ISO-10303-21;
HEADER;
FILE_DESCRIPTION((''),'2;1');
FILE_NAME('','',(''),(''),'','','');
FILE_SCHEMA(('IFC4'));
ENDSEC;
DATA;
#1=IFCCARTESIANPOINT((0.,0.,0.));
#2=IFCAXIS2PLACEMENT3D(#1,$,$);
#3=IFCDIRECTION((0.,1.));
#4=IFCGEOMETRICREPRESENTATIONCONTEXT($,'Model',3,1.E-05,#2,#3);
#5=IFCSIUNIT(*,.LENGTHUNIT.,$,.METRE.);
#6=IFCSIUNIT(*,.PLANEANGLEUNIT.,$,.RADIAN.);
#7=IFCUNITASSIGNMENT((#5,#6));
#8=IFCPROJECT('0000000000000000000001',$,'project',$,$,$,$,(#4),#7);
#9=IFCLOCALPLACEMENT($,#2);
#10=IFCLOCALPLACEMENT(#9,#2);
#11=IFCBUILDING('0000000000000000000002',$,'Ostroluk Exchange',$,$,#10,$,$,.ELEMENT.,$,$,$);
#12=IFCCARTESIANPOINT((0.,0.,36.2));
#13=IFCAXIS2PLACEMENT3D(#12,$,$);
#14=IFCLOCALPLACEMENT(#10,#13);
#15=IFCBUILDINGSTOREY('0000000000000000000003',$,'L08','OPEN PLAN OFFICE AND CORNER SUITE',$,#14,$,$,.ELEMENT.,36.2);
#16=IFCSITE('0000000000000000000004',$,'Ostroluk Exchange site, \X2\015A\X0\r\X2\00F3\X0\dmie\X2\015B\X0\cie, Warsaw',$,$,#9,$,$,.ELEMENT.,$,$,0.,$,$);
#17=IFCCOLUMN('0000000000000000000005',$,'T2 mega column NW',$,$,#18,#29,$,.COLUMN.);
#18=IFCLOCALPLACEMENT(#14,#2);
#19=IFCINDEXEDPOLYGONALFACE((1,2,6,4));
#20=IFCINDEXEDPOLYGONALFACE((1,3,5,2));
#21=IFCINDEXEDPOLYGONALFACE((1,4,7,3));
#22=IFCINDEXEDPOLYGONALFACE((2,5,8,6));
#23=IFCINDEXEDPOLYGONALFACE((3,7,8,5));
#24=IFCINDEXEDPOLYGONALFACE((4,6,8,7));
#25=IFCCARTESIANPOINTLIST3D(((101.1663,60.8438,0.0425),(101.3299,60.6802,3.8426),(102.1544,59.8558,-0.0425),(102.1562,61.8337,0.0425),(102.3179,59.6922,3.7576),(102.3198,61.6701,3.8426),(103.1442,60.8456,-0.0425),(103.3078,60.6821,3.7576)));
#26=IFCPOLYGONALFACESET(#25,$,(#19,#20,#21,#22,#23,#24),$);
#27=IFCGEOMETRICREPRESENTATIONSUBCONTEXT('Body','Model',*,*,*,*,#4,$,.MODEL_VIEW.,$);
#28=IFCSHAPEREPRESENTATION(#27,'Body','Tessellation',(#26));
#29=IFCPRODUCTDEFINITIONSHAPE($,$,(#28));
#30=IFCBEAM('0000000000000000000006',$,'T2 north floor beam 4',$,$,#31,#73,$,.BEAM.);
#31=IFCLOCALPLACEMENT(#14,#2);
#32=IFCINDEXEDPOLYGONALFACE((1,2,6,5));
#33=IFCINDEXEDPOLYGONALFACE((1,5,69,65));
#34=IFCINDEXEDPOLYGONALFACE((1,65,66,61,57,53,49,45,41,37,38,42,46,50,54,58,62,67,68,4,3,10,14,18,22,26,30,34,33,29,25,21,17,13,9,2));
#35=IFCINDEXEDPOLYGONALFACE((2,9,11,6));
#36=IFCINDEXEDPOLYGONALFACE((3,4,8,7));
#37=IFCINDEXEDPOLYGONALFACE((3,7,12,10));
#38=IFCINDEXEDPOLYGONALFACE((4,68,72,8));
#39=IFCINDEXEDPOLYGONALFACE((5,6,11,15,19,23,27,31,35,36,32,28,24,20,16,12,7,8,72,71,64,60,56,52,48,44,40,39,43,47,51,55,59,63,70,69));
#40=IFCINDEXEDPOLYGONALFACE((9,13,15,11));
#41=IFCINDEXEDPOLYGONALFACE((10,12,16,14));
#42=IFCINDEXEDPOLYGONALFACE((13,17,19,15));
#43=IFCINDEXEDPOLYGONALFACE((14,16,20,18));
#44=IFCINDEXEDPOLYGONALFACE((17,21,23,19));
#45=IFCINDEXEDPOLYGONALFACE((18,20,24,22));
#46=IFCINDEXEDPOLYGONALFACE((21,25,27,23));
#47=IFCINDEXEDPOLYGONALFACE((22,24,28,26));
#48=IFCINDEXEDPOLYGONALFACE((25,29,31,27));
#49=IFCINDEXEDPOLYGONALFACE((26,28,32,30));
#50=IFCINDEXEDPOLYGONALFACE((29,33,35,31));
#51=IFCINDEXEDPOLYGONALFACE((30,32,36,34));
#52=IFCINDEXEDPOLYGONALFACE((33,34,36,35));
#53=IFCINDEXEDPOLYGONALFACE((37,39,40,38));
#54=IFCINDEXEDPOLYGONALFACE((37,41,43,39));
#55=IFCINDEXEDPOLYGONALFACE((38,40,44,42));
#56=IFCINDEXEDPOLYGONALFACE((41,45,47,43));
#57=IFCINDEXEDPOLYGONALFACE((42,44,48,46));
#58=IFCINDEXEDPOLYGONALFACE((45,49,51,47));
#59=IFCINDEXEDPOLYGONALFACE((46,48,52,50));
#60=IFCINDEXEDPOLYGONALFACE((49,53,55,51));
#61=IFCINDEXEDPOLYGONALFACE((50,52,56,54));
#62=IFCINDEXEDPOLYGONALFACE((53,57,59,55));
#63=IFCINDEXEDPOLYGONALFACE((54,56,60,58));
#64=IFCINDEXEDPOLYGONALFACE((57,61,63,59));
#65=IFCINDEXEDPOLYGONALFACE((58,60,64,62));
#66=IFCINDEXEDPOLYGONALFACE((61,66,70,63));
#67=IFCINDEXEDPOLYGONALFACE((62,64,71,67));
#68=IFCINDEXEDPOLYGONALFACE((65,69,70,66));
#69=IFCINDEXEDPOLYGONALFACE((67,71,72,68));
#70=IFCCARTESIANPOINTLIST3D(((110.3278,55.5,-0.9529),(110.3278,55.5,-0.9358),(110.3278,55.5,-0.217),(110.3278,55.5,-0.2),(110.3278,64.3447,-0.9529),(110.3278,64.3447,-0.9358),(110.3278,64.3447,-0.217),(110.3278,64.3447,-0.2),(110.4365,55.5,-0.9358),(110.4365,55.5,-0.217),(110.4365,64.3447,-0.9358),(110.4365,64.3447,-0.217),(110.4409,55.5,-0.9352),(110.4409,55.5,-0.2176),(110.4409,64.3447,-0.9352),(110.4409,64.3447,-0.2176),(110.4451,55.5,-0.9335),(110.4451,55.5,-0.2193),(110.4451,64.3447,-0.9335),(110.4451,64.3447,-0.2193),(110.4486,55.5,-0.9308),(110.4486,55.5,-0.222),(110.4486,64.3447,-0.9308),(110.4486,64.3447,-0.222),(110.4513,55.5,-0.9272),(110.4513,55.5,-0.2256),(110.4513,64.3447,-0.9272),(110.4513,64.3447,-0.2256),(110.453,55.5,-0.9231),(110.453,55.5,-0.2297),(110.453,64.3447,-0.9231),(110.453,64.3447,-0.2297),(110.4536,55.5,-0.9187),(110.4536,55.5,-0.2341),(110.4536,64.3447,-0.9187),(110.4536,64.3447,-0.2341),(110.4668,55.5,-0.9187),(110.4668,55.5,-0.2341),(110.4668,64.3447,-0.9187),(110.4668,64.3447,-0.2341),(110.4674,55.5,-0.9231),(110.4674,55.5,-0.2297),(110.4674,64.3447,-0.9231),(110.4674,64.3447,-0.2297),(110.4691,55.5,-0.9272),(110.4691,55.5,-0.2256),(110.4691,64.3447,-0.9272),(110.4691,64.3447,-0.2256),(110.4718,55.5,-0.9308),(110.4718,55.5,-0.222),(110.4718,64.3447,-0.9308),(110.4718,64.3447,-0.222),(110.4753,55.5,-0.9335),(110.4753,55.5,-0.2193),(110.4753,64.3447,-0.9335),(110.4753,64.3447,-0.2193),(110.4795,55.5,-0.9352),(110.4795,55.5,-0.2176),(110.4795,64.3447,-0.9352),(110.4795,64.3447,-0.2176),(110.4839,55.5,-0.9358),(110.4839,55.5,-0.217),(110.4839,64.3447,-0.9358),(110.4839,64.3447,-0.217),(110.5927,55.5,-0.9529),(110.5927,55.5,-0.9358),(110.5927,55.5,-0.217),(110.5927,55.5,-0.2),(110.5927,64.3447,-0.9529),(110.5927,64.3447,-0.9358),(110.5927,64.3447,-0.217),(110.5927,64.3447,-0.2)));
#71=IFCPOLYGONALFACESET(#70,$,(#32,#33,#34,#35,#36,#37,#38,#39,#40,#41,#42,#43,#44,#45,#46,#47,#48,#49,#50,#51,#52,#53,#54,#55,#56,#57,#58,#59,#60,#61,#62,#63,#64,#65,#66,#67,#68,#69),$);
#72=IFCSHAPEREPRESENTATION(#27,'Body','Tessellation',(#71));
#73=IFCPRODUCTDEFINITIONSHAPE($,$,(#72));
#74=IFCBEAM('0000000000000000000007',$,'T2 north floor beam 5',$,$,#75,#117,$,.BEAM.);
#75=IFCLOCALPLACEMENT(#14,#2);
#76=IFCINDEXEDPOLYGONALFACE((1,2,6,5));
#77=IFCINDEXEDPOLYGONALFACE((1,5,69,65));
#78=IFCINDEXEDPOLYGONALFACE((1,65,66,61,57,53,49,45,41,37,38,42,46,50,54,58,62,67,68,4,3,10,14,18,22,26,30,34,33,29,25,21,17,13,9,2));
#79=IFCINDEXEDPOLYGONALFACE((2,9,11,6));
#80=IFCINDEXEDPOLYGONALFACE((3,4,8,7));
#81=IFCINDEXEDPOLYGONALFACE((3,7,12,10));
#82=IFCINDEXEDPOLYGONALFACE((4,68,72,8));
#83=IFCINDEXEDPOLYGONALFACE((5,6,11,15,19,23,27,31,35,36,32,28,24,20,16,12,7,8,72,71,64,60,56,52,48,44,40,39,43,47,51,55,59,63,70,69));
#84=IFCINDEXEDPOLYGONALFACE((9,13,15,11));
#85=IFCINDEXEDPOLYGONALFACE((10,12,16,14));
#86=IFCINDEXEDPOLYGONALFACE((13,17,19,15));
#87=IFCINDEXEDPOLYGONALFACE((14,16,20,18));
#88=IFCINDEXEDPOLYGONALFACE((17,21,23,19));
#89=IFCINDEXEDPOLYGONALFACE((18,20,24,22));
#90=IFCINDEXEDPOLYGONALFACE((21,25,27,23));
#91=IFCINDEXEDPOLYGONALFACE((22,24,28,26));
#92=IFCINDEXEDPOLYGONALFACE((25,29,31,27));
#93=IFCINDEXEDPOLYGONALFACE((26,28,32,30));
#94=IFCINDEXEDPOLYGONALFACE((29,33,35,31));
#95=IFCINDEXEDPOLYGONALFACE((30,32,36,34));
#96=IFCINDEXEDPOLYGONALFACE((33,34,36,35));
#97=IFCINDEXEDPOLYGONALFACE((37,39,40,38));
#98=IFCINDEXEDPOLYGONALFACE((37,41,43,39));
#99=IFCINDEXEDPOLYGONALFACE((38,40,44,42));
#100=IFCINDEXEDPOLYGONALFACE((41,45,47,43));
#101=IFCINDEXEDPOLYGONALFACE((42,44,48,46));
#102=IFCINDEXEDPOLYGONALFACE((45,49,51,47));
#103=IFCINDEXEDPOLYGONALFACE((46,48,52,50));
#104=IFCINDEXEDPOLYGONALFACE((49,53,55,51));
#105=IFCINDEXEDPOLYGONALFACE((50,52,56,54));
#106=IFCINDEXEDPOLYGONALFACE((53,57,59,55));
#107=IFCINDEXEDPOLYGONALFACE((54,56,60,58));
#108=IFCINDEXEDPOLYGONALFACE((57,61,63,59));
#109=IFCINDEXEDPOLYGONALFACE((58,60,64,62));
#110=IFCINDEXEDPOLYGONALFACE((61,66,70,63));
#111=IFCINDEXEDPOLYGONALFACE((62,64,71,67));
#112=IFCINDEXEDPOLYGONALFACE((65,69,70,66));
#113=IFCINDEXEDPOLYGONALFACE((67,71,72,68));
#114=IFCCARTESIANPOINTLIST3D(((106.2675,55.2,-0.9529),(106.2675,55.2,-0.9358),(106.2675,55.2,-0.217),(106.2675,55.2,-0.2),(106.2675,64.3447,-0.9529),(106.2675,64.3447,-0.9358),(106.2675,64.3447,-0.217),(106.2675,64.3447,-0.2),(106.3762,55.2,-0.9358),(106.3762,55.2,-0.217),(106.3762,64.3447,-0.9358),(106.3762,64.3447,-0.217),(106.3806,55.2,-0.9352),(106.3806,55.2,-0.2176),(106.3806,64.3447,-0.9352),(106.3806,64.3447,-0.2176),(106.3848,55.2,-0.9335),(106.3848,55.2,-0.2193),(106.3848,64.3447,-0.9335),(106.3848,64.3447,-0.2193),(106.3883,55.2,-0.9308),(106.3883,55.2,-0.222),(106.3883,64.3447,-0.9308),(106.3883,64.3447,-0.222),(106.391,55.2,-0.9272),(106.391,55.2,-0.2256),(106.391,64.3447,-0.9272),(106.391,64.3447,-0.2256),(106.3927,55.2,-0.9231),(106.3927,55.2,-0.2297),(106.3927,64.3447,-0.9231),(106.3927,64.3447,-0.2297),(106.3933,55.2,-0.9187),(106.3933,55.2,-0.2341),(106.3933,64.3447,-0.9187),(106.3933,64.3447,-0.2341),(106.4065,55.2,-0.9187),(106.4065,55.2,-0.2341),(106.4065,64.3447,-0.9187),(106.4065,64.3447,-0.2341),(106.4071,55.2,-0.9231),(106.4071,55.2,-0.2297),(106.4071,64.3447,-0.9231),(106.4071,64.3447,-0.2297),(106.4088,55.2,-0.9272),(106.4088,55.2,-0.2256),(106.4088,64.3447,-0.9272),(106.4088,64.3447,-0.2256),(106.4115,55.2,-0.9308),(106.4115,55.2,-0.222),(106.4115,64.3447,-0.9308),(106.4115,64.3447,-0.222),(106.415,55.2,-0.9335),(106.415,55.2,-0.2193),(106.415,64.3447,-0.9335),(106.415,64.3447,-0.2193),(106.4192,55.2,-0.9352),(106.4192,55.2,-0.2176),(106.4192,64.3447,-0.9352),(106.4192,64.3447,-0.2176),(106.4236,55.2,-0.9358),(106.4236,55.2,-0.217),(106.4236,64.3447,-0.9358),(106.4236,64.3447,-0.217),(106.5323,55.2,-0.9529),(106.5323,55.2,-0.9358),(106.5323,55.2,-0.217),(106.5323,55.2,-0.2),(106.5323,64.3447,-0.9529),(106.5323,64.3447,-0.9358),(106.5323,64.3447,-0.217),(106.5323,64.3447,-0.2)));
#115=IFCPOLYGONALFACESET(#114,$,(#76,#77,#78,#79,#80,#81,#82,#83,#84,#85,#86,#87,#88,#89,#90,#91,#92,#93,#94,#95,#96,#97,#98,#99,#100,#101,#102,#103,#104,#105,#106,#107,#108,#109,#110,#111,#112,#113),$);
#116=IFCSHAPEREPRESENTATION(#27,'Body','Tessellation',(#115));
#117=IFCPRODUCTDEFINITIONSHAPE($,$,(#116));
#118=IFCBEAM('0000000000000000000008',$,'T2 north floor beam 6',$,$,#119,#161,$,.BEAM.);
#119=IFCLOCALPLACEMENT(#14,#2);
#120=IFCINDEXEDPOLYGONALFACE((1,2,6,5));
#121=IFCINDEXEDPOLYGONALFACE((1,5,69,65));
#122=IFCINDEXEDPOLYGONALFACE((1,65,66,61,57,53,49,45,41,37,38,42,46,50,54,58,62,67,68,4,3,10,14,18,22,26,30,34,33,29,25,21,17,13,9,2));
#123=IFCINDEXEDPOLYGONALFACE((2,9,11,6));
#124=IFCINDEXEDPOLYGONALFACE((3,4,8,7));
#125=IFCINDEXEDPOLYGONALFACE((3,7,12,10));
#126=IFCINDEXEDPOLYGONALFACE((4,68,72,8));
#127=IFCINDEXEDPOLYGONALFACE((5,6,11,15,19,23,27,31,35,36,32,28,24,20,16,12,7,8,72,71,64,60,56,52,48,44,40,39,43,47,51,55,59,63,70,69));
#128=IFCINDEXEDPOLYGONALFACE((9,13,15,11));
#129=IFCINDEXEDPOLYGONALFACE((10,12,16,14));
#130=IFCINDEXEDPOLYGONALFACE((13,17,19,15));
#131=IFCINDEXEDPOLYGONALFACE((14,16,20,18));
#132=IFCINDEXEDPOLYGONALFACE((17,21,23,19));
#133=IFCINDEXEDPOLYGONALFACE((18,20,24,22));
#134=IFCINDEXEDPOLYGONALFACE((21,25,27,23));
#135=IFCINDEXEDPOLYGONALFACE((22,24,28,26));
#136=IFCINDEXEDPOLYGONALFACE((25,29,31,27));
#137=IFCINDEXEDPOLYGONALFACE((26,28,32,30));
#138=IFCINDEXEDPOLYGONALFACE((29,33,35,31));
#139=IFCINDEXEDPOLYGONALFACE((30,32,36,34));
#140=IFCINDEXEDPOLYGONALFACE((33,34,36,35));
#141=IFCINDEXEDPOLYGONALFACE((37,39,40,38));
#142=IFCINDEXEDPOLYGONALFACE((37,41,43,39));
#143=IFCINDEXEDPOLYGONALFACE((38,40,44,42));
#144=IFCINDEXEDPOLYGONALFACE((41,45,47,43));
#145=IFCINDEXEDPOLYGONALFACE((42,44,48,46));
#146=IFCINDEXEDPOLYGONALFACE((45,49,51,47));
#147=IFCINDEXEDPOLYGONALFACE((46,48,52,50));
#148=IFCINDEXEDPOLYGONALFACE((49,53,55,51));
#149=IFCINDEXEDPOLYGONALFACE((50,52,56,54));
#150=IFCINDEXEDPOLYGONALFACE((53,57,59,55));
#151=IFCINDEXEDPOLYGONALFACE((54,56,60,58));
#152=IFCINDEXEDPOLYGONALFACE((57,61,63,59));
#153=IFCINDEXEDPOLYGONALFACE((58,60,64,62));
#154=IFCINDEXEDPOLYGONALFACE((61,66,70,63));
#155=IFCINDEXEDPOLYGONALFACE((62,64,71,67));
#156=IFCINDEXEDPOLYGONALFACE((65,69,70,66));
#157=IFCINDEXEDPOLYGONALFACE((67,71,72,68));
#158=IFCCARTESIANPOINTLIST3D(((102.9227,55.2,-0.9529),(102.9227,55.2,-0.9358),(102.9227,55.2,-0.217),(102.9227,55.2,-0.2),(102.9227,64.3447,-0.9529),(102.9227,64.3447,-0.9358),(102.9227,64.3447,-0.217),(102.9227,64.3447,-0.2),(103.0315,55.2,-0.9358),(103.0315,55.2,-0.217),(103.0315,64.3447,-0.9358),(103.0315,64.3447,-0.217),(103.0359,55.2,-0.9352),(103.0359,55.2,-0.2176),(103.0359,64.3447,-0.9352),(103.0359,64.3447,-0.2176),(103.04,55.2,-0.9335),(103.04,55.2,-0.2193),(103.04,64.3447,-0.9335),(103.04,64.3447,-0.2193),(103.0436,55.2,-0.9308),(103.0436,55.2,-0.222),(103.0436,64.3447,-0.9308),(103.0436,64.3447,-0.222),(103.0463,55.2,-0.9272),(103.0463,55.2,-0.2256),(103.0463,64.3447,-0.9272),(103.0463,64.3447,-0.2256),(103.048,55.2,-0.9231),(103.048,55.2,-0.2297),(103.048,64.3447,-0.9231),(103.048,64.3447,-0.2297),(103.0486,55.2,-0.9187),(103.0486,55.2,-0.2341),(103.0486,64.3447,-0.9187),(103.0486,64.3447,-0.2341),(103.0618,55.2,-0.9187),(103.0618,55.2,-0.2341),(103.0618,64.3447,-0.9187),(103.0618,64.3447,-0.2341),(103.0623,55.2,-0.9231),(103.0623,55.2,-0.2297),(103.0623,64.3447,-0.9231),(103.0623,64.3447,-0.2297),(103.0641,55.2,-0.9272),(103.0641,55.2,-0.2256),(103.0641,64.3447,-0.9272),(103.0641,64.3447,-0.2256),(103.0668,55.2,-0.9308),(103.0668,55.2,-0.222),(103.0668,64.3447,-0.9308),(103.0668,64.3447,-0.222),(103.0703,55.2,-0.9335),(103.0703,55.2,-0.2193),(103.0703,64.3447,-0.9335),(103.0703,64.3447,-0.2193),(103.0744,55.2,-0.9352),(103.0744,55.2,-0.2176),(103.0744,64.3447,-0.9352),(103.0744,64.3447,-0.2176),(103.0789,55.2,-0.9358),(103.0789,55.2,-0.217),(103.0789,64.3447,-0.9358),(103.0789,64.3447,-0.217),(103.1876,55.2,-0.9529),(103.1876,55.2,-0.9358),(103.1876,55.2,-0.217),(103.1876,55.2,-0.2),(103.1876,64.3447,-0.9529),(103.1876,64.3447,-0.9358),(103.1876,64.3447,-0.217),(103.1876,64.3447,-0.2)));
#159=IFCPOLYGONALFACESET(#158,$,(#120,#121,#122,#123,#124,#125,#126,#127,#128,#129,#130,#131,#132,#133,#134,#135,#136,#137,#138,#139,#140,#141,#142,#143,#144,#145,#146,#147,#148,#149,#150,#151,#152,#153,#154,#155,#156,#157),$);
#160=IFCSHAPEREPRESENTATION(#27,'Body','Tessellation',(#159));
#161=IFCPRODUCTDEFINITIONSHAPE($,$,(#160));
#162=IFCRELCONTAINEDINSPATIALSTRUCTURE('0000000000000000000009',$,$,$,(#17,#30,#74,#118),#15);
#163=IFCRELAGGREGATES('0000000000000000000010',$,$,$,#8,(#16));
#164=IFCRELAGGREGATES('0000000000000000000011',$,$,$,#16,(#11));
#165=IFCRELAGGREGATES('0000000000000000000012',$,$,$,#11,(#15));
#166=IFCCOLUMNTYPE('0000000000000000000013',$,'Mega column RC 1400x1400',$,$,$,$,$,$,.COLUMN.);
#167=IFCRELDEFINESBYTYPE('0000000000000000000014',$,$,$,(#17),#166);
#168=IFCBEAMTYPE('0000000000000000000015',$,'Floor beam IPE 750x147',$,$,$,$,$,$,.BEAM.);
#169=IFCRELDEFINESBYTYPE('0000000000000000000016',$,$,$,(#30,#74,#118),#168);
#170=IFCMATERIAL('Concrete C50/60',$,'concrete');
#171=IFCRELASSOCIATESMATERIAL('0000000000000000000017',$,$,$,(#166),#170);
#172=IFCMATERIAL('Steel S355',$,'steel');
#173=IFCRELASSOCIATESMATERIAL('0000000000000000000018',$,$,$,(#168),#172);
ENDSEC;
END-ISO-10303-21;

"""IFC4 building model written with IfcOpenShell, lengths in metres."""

from ifc_helpers import new_model, si_unit, direction, frame, origin, origin_2d, place, context, subcontext, project, spatial, rectangle, i_section, extrude, material, material_profile, profile_set, type_object, element, save


model = new_model("IFC4")

# Units and contexts
model_context = context("Model", 3, precision=1e-05, world=origin(), true_north=direction((0.0, 1.0)))
body_context = subcontext(model_context, "Body", "Model", "MODEL_VIEW")
ifc_project = project(units=[si_unit("LENGTHUNIT", "METRE"), si_unit("PLANEANGLEUNIT", "RADIAN")], contexts=[model_context])

# Site, building, storey
site_placement = place(None, origin())
site = spatial("IfcSite", under=ifc_project, at=site_placement, Name="Ostroluk Exchange site, Śródmieście, Warsaw", CompositionType="ELEMENT", RefElevation=0.0)
building_placement = place(site_placement, origin())
building = spatial("IfcBuilding", under=site, at=building_placement, Name="Ostroluk Exchange", CompositionType="ELEMENT")
storey_placement = place(building_placement, frame((0.0, 0.0, 36.2)))
storey = spatial("IfcBuildingStorey", under=building, at=storey_placement, Name="L08", Description="OPEN PLAN OFFICE AND CORNER SUITE", CompositionType="ELEMENT", Elevation=36.2)

# Column
ifc_material_1 = material(Name="Concrete C50/60", Category="concrete")
ifc_material_profile_1 = material_profile(ifc_material_1, rectangle(XDim=1.3999, YDim=1.3999, at=origin_2d()), Name="RC 1400x1400")
ifc_profile_set_1 = profile_set([ifc_material_profile_1], Name="Concrete C50/60")
column_type = type_object("IfcColumnType", Name="Mega column RC 1400x1400", PredefinedType="COLUMN", material=ifc_profile_set_1)
column_placement = place(storey_placement, frame((102.1553, 60.8447, 0.0), z_axis=(0.042966, -0.042966, 0.998152), x_axis=(0.707107, 0.707107, 0.0)))
element("IfcColumn", 1, at=column_placement, inside=storey, type_object=column_type, Name="T2 mega column NW", PredefinedType="COLUMN", context=body_context, shape_type="SweptSolid", body=[
    extrude(rectangle(XDim=1.3999, YDim=1.3999, at=origin_2d()), origin(), (0.0, 0.0, 1.0), 3.8071),
])

# Beams
ifc_material_2 = material(Name="Steel S355", Category="steel")
ifc_material_profile_2 = material_profile(ifc_material_2, i_section(OverallWidth=0.2649, OverallDepth=0.7529, WebThickness=0.0132, FlangeThickness=0.0171, FilletRadius=0.0171, at=origin_2d()), Name="IPE 750x147")
ifc_profile_set_2 = profile_set([ifc_material_profile_2], Name="Steel S355")
beam_type_1 = type_object("IfcBeamType", Name="Floor beam IPE 750x147", PredefinedType="BEAM", material=ifc_profile_set_2)
beam_1_placement = place(storey_placement, frame((110.4602, 55.5, -0.5764), z_axis=(0.0, 1.0, 0.0), x_axis=(-1.0, 0.0, 0.0)))
element("IfcBeam", 2, at=beam_1_placement, inside=storey, type_object=beam_type_1, Name="T2 north floor beam 4", PredefinedType="BEAM", context=body_context, shape_type="SweptSolid", body=[
    extrude(i_section(OverallWidth=0.2649, OverallDepth=0.7529, WebThickness=0.0132, FlangeThickness=0.0171, FilletRadius=0.0171, at=origin_2d()), origin(), (0.0, 0.0, 1.0), 8.8447),
])
for number, where, z_axis, x_axis, name in (
    (3, (106.3999, 55.2, -0.5764), (0.0, 1.0, 0.0), (-1.0, 0.0, 0.0), "T2 north floor beam 5"),
    (4, (103.0552, 55.2, -0.5764), (0.0, 1.0, 0.0), (-1.0, 0.0, 0.0), "T2 north floor beam 6"),
):
    element("IfcBeam", number, at=place(storey_placement, frame(where, z_axis=z_axis, x_axis=x_axis)), inside=storey, type_object=beam_type_1, Name=name, PredefinedType="BEAM", context=body_context, shape_type="SweptSolid", body=[
        extrude(i_section(OverallWidth=0.2649, OverallDepth=0.7529, WebThickness=0.0132, FlangeThickness=0.0171, FilletRadius=0.0171, at=origin_2d()), origin(), (0.0, 0.0, 1.0), 9.1448),
    ])

save(model, "model.ifc")
